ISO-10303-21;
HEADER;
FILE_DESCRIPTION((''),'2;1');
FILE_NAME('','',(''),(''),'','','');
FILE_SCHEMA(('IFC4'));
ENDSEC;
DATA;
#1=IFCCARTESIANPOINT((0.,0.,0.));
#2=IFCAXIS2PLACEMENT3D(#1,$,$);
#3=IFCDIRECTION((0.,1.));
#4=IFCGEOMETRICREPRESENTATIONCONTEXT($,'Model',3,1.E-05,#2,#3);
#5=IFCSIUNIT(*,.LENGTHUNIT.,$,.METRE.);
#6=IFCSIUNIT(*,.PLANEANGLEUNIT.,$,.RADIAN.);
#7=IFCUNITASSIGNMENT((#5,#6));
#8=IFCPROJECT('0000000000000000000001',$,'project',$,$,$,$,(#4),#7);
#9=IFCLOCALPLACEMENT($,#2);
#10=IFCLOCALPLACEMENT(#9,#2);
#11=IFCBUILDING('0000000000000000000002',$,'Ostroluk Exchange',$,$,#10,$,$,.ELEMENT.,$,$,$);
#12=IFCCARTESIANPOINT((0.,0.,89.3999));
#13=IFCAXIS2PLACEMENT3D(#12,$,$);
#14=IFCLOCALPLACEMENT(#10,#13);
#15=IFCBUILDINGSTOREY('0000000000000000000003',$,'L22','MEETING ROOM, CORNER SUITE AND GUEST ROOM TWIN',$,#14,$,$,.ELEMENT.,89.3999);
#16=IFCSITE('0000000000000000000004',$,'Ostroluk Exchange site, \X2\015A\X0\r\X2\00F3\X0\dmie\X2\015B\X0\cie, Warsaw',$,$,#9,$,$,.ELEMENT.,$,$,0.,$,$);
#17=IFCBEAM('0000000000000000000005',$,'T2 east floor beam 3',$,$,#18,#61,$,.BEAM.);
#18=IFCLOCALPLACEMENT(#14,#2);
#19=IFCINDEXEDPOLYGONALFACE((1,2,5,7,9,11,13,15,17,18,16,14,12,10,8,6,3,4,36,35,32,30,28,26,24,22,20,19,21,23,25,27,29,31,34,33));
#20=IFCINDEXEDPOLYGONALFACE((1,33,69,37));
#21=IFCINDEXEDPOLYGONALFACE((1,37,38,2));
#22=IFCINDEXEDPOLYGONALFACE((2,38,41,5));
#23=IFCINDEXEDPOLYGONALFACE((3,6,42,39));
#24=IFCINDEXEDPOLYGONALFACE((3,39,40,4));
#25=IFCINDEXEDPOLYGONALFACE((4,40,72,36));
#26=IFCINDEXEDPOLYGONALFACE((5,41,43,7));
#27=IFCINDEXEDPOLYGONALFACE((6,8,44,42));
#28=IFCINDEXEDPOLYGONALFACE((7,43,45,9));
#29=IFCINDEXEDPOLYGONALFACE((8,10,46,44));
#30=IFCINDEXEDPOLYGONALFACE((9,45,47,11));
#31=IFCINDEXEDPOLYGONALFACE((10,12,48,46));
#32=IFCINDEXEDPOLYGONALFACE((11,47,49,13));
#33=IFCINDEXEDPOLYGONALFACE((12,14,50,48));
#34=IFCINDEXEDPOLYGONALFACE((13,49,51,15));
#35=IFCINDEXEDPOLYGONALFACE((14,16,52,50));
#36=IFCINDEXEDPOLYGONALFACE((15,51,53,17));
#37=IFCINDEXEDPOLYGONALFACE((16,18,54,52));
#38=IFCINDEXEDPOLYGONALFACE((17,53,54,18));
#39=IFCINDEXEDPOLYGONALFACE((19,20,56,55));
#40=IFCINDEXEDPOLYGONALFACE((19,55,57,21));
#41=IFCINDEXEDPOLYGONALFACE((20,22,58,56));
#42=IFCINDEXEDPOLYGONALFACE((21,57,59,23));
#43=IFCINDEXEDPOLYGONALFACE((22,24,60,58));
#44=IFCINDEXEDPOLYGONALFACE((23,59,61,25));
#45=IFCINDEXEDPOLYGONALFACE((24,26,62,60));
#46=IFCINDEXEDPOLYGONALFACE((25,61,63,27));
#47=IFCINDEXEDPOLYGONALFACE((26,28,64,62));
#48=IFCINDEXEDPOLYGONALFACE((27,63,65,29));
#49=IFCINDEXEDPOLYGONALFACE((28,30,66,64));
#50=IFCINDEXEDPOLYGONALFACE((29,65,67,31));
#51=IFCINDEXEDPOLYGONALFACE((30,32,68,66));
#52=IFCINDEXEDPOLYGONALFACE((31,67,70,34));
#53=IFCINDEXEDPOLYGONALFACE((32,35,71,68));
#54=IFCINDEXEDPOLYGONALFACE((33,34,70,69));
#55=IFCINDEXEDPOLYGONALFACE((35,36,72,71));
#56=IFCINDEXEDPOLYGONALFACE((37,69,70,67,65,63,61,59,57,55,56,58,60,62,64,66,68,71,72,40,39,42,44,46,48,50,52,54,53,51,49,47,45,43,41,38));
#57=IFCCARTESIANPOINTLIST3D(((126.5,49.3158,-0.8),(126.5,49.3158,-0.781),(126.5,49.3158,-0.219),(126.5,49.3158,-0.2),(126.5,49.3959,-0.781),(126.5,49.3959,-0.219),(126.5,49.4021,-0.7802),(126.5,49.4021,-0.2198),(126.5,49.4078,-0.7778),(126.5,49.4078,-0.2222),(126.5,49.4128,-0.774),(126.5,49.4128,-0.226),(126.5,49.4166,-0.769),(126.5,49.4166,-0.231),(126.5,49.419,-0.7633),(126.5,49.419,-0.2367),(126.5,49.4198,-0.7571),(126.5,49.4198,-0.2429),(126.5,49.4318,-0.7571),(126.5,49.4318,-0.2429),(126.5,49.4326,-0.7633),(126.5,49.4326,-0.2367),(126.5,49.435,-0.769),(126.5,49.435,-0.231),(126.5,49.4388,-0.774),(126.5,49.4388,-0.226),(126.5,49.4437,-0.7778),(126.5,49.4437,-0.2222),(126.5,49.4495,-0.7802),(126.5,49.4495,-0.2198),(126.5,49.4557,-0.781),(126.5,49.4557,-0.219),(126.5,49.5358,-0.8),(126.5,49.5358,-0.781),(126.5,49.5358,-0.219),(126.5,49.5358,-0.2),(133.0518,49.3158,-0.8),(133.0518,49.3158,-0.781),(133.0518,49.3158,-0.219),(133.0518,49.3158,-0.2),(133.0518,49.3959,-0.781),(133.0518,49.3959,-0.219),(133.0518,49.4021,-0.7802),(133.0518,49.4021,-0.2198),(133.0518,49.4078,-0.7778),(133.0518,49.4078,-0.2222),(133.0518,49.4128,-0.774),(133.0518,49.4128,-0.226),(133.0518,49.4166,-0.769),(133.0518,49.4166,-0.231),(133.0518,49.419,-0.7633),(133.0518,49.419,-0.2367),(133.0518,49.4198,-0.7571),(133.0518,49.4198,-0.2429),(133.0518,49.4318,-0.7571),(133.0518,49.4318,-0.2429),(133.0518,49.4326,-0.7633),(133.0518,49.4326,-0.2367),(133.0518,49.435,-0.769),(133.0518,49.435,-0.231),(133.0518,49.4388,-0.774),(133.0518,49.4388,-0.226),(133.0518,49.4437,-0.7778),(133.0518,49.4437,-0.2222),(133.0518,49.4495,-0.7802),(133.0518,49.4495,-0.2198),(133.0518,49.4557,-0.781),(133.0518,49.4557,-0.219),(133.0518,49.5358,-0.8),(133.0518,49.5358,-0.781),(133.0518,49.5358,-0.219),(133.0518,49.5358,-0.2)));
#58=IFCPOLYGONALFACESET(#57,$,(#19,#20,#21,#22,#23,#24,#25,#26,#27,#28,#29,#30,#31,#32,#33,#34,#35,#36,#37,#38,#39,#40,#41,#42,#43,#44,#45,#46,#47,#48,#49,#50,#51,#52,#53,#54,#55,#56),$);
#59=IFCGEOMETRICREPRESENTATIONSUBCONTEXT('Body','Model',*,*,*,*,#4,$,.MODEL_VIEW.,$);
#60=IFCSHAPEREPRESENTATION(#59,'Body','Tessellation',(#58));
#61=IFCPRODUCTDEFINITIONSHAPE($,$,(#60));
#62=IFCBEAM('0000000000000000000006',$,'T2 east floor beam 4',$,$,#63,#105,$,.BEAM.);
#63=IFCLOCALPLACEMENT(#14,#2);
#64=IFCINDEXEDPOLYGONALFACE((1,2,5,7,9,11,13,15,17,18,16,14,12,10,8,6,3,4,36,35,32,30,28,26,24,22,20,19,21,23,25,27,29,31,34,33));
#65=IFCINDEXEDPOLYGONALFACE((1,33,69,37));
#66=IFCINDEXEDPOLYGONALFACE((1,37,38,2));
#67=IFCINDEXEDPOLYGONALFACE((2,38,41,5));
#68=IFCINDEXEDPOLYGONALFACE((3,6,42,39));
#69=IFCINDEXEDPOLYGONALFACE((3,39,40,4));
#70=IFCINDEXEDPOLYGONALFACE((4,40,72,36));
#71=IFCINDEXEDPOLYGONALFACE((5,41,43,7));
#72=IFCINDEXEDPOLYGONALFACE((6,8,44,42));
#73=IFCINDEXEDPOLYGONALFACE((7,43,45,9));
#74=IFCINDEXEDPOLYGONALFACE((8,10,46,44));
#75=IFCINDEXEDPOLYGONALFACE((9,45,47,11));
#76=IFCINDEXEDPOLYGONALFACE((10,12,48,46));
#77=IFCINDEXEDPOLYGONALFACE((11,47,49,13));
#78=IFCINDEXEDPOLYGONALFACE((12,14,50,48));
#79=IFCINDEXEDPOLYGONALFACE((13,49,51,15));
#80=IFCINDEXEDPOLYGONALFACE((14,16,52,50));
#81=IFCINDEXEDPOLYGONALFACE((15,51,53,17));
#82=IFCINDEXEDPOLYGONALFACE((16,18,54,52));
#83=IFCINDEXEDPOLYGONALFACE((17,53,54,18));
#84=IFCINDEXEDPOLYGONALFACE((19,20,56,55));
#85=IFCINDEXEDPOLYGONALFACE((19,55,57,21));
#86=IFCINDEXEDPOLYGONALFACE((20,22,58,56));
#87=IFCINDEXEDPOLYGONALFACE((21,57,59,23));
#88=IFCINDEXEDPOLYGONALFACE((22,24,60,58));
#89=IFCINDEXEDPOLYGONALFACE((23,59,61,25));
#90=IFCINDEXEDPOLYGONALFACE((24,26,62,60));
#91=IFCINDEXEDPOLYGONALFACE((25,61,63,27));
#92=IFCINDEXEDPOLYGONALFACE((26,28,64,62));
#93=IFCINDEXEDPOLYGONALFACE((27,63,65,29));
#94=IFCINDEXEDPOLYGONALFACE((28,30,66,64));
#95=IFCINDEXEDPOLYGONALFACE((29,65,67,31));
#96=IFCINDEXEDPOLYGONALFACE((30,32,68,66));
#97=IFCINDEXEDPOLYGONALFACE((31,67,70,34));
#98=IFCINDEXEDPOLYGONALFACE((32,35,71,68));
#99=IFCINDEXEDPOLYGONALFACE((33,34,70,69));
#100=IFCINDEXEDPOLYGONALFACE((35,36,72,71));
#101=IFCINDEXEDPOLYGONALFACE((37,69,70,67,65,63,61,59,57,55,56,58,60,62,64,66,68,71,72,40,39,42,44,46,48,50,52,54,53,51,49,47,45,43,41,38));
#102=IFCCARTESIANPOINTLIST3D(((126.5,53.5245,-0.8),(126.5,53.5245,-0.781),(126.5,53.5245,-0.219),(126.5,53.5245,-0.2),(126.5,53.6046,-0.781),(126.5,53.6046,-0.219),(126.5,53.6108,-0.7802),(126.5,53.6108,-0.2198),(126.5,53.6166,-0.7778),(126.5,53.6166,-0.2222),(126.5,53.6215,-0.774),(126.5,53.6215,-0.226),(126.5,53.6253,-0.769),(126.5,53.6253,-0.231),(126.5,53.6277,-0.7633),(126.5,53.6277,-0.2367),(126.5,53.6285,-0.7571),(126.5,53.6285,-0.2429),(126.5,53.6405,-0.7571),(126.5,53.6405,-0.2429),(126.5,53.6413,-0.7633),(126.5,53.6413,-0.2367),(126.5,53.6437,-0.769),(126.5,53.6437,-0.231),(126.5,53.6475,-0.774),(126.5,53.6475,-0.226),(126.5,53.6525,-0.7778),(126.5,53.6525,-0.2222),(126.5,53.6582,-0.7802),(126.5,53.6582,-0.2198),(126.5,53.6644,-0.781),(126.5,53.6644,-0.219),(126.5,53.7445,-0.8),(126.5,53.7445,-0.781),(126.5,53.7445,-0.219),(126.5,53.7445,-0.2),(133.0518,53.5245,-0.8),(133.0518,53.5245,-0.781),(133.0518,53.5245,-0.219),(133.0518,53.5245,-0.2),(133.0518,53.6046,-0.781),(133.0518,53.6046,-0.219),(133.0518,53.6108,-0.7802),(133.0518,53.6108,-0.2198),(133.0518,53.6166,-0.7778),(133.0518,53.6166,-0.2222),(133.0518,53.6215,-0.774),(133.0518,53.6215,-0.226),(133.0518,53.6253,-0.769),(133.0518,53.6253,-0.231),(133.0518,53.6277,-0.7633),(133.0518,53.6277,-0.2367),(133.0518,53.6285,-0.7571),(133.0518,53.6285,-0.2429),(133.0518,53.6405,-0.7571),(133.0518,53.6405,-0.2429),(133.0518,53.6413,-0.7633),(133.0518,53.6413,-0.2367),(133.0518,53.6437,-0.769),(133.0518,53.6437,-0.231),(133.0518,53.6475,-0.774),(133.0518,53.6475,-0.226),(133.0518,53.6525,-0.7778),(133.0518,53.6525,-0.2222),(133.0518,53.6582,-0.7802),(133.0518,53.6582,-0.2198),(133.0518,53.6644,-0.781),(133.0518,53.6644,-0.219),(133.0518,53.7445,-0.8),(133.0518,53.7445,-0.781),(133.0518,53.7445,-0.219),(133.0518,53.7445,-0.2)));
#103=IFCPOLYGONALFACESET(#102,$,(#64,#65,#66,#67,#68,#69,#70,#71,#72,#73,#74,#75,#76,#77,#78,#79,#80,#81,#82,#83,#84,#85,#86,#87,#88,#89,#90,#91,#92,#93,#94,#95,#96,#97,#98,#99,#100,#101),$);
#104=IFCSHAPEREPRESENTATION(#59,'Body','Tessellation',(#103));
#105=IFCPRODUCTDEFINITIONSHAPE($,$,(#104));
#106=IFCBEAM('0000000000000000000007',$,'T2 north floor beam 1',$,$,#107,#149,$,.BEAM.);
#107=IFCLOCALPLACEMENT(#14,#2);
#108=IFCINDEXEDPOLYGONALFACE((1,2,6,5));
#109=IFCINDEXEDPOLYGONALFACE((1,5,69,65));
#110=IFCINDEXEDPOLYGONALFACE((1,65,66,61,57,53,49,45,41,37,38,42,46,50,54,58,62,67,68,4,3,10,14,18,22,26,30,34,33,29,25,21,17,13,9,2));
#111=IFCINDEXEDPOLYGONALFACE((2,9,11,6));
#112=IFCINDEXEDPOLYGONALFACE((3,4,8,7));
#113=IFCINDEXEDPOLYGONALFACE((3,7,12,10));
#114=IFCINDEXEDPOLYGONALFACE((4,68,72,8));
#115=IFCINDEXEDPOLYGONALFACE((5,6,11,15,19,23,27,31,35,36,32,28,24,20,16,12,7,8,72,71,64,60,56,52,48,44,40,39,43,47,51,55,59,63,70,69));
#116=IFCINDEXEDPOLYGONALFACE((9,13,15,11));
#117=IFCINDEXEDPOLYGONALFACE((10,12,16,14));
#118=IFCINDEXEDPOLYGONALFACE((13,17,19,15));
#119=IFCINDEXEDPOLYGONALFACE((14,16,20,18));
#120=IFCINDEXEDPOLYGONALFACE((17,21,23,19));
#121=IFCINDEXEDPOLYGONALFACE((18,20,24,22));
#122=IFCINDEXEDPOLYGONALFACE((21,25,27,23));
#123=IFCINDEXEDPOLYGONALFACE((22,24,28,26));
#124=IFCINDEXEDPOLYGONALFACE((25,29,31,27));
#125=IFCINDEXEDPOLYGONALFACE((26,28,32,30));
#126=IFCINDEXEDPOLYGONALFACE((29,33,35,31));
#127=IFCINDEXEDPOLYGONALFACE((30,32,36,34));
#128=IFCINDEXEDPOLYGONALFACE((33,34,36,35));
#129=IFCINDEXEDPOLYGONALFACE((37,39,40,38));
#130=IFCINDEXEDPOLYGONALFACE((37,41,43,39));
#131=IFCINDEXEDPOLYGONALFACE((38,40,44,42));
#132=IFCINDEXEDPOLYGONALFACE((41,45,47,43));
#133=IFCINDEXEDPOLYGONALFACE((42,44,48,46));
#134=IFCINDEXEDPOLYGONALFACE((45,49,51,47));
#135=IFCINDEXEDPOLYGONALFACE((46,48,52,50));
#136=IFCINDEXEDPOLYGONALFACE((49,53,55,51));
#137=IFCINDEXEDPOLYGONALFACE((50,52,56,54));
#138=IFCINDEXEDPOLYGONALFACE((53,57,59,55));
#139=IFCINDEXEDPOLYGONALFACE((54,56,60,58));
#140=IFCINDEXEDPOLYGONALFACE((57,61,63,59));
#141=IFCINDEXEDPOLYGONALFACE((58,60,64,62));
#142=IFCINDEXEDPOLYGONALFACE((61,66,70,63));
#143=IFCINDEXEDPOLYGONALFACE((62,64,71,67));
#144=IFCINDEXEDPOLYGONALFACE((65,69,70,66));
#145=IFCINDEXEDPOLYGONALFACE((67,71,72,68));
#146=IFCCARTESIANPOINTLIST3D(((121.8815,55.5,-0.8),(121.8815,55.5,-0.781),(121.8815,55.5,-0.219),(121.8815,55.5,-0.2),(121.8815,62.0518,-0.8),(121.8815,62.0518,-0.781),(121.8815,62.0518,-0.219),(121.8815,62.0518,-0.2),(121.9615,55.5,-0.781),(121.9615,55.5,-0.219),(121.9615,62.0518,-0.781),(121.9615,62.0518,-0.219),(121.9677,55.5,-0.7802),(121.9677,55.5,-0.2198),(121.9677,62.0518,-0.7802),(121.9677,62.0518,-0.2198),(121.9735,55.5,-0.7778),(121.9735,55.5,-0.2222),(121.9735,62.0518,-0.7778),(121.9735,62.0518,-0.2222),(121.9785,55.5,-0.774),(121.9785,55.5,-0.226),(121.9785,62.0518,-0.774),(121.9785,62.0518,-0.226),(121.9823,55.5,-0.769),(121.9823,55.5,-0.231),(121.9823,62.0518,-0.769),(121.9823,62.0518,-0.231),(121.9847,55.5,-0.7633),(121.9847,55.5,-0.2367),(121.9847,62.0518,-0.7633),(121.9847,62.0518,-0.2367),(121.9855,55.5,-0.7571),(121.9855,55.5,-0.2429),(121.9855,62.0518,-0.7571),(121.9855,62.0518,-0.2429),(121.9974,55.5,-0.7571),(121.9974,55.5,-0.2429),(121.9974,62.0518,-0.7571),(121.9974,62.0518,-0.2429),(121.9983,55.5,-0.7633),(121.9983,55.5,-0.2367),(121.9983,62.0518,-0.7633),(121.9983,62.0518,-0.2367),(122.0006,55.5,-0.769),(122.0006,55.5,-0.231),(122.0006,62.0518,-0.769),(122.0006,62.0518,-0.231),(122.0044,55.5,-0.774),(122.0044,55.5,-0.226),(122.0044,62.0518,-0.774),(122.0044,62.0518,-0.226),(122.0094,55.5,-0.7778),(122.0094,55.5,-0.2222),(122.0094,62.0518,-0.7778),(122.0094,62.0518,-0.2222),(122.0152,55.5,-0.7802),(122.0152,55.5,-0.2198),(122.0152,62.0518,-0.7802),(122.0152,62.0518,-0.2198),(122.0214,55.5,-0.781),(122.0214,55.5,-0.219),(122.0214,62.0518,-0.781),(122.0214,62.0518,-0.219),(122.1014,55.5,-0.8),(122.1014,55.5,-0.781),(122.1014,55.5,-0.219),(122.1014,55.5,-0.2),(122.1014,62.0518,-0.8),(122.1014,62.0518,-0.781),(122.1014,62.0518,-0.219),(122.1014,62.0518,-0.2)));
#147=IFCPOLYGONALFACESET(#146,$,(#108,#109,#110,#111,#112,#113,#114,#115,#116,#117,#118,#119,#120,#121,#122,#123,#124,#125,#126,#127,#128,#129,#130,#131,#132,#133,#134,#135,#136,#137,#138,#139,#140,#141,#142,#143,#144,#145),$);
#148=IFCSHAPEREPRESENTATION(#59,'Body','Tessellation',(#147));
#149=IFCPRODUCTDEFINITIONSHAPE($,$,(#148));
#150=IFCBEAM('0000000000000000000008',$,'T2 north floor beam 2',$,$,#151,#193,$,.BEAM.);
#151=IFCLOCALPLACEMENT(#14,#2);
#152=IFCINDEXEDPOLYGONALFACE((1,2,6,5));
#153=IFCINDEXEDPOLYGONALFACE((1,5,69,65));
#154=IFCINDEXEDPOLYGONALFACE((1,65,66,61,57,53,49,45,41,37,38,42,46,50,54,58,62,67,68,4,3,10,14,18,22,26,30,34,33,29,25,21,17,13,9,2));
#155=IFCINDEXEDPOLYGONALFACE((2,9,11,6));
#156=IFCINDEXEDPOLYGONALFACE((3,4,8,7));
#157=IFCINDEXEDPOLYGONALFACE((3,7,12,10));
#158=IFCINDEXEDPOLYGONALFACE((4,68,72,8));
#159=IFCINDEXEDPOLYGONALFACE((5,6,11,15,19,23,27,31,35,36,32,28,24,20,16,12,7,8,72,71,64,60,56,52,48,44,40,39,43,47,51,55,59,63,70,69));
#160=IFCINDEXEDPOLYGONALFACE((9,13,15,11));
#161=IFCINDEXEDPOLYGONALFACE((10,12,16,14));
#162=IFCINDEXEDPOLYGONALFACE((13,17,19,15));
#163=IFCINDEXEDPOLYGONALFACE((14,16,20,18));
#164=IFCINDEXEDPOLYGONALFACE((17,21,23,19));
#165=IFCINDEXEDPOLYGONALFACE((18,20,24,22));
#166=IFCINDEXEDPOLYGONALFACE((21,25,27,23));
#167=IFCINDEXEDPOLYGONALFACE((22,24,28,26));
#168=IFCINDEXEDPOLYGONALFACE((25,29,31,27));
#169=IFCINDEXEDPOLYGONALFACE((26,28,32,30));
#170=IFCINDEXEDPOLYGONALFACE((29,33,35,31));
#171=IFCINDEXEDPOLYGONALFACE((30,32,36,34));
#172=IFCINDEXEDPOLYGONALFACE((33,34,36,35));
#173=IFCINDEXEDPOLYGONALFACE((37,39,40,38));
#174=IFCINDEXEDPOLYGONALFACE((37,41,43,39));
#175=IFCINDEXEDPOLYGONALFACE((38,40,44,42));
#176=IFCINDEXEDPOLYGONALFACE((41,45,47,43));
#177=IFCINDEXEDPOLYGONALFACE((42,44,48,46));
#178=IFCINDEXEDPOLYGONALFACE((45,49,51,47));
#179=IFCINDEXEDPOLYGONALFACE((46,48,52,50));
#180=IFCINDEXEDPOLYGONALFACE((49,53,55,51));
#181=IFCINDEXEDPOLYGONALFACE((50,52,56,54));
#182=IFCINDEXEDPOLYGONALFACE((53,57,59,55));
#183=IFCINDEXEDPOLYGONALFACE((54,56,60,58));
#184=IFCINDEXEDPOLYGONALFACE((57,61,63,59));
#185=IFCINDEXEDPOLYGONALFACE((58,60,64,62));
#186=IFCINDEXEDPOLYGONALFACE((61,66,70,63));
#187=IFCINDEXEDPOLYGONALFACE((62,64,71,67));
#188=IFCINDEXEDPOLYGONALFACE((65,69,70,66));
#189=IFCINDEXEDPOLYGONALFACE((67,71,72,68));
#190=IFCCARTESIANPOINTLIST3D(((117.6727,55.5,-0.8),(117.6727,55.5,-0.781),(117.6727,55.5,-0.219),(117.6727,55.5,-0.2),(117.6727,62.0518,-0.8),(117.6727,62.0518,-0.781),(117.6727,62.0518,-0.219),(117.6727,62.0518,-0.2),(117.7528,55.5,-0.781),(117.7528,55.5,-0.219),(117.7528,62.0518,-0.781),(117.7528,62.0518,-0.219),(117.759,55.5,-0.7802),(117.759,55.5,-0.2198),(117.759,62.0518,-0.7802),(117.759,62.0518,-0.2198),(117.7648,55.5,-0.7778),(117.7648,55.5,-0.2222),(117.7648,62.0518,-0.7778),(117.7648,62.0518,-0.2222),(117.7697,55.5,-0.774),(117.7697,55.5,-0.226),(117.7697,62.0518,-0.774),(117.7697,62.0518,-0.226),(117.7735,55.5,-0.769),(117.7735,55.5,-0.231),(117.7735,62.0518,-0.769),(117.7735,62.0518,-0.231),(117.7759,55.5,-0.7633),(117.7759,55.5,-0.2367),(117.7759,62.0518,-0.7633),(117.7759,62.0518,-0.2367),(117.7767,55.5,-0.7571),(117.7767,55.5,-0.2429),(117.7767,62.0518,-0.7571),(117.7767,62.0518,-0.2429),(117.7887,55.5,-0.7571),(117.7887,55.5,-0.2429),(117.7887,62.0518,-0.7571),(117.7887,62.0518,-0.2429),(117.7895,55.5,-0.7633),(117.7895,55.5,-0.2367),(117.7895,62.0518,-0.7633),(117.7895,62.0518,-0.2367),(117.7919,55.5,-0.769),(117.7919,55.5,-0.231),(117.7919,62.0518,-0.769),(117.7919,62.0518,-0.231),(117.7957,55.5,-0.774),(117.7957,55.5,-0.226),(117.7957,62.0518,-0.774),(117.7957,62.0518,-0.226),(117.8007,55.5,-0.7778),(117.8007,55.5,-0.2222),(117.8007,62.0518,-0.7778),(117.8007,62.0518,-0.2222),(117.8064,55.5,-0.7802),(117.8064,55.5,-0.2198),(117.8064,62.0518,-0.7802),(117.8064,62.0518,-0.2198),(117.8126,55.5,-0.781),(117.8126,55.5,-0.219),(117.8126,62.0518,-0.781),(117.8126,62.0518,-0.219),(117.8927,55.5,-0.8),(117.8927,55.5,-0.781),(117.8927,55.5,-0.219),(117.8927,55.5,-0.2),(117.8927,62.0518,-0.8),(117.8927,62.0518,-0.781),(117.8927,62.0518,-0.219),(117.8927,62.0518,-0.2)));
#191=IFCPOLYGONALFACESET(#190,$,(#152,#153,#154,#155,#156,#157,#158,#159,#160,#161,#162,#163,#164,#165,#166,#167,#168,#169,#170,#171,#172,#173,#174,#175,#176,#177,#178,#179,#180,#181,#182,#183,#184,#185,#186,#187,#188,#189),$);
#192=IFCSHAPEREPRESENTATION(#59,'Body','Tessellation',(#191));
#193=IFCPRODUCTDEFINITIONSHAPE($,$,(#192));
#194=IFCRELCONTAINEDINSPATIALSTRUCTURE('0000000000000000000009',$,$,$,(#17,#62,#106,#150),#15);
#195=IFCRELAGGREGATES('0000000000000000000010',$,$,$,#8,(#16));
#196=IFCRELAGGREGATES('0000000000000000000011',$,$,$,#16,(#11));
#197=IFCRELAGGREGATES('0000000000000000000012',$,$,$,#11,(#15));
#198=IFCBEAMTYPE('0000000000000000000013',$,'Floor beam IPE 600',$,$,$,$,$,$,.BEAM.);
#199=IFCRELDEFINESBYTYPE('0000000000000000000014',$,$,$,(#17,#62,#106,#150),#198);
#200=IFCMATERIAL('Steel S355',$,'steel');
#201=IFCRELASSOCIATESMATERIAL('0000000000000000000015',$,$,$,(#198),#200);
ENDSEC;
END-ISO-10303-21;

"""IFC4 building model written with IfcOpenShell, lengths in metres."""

from ifc_helpers import new_model, si_unit, direction, frame, origin, origin_2d, place, context, subcontext, project, spatial, i_section, extrude, material, material_profile, profile_set, type_object, element, save


model = new_model("IFC4")

# Units and contexts
model_context = context("Model", 3, precision=1e-05, world=origin(), true_north=direction((0.0, 1.0)))
body_context = subcontext(model_context, "Body", "Model", "MODEL_VIEW")
ifc_project = project(units=[si_unit("LENGTHUNIT", "METRE"), si_unit("PLANEANGLEUNIT", "RADIAN")], contexts=[model_context])

# Site, building, storey
site_placement = place(None, origin())
site = spatial("IfcSite", under=ifc_project, at=site_placement, Name="Ostroluk Exchange site, Śródmieście, Warsaw", CompositionType="ELEMENT", RefElevation=0.0)
building_placement = place(site_placement, origin())
building = spatial("IfcBuilding", under=site, at=building_placement, Name="Ostroluk Exchange", CompositionType="ELEMENT")
storey_placement = place(building_placement, frame((0.0, 0.0, 89.3999)))
storey = spatial("IfcBuildingStorey", under=building, at=storey_placement, Name="L22", Description="MEETING ROOM, CORNER SUITE AND GUEST ROOM TWIN", CompositionType="ELEMENT", Elevation=89.3999)

# Beams
ifc_material_1 = material(Name="Steel S355", Category="steel")
ifc_material_profile_1 = material_profile(ifc_material_1, i_section(OverallWidth=0.22, OverallDepth=0.6001, WebThickness=0.012, FlangeThickness=0.019, FilletRadius=0.0239, at=origin_2d()), Name="IPE 600")
ifc_profile_set_1 = profile_set([ifc_material_profile_1], Name="Steel S355")
beam_type_1 = type_object("IfcBeamType", Name="Floor beam IPE 600", PredefinedType="BEAM", material=ifc_profile_set_1)
for number, where, z_axis, x_axis, name in (
    (1, (126.5, 49.4258, -0.5), (1.0, 0.0, 0.0), (0.0, 1.0, 0.0), "T2 east floor beam 3"),
    (2, (126.5, 53.6345, -0.5), (1.0, 0.0, 0.0), (0.0, 1.0, 0.0), "T2 east floor beam 4"),
    (3, (121.9915, 55.5, -0.5), (0.0, 1.0, 0.0), (-1.0, 0.0, 0.0), "T2 north floor beam 1"),
    (4, (117.7827, 55.5, -0.5), (0.0, 1.0, 0.0), (-1.0, 0.0, 0.0), "T2 north floor beam 2"),
):
    element("IfcBeam", number, at=place(storey_placement, frame(where, z_axis=z_axis, x_axis=x_axis)), inside=storey, type_object=beam_type_1, Name=name, PredefinedType="BEAM", context=body_context, shape_type="SweptSolid", body=[
        extrude(i_section(OverallWidth=0.22, OverallDepth=0.6001, WebThickness=0.012, FlangeThickness=0.019, FilletRadius=0.0239, at=origin_2d()), origin(), (0.0, 0.0, 1.0), 6.5518),
    ])

save(model, "model.ifc")
